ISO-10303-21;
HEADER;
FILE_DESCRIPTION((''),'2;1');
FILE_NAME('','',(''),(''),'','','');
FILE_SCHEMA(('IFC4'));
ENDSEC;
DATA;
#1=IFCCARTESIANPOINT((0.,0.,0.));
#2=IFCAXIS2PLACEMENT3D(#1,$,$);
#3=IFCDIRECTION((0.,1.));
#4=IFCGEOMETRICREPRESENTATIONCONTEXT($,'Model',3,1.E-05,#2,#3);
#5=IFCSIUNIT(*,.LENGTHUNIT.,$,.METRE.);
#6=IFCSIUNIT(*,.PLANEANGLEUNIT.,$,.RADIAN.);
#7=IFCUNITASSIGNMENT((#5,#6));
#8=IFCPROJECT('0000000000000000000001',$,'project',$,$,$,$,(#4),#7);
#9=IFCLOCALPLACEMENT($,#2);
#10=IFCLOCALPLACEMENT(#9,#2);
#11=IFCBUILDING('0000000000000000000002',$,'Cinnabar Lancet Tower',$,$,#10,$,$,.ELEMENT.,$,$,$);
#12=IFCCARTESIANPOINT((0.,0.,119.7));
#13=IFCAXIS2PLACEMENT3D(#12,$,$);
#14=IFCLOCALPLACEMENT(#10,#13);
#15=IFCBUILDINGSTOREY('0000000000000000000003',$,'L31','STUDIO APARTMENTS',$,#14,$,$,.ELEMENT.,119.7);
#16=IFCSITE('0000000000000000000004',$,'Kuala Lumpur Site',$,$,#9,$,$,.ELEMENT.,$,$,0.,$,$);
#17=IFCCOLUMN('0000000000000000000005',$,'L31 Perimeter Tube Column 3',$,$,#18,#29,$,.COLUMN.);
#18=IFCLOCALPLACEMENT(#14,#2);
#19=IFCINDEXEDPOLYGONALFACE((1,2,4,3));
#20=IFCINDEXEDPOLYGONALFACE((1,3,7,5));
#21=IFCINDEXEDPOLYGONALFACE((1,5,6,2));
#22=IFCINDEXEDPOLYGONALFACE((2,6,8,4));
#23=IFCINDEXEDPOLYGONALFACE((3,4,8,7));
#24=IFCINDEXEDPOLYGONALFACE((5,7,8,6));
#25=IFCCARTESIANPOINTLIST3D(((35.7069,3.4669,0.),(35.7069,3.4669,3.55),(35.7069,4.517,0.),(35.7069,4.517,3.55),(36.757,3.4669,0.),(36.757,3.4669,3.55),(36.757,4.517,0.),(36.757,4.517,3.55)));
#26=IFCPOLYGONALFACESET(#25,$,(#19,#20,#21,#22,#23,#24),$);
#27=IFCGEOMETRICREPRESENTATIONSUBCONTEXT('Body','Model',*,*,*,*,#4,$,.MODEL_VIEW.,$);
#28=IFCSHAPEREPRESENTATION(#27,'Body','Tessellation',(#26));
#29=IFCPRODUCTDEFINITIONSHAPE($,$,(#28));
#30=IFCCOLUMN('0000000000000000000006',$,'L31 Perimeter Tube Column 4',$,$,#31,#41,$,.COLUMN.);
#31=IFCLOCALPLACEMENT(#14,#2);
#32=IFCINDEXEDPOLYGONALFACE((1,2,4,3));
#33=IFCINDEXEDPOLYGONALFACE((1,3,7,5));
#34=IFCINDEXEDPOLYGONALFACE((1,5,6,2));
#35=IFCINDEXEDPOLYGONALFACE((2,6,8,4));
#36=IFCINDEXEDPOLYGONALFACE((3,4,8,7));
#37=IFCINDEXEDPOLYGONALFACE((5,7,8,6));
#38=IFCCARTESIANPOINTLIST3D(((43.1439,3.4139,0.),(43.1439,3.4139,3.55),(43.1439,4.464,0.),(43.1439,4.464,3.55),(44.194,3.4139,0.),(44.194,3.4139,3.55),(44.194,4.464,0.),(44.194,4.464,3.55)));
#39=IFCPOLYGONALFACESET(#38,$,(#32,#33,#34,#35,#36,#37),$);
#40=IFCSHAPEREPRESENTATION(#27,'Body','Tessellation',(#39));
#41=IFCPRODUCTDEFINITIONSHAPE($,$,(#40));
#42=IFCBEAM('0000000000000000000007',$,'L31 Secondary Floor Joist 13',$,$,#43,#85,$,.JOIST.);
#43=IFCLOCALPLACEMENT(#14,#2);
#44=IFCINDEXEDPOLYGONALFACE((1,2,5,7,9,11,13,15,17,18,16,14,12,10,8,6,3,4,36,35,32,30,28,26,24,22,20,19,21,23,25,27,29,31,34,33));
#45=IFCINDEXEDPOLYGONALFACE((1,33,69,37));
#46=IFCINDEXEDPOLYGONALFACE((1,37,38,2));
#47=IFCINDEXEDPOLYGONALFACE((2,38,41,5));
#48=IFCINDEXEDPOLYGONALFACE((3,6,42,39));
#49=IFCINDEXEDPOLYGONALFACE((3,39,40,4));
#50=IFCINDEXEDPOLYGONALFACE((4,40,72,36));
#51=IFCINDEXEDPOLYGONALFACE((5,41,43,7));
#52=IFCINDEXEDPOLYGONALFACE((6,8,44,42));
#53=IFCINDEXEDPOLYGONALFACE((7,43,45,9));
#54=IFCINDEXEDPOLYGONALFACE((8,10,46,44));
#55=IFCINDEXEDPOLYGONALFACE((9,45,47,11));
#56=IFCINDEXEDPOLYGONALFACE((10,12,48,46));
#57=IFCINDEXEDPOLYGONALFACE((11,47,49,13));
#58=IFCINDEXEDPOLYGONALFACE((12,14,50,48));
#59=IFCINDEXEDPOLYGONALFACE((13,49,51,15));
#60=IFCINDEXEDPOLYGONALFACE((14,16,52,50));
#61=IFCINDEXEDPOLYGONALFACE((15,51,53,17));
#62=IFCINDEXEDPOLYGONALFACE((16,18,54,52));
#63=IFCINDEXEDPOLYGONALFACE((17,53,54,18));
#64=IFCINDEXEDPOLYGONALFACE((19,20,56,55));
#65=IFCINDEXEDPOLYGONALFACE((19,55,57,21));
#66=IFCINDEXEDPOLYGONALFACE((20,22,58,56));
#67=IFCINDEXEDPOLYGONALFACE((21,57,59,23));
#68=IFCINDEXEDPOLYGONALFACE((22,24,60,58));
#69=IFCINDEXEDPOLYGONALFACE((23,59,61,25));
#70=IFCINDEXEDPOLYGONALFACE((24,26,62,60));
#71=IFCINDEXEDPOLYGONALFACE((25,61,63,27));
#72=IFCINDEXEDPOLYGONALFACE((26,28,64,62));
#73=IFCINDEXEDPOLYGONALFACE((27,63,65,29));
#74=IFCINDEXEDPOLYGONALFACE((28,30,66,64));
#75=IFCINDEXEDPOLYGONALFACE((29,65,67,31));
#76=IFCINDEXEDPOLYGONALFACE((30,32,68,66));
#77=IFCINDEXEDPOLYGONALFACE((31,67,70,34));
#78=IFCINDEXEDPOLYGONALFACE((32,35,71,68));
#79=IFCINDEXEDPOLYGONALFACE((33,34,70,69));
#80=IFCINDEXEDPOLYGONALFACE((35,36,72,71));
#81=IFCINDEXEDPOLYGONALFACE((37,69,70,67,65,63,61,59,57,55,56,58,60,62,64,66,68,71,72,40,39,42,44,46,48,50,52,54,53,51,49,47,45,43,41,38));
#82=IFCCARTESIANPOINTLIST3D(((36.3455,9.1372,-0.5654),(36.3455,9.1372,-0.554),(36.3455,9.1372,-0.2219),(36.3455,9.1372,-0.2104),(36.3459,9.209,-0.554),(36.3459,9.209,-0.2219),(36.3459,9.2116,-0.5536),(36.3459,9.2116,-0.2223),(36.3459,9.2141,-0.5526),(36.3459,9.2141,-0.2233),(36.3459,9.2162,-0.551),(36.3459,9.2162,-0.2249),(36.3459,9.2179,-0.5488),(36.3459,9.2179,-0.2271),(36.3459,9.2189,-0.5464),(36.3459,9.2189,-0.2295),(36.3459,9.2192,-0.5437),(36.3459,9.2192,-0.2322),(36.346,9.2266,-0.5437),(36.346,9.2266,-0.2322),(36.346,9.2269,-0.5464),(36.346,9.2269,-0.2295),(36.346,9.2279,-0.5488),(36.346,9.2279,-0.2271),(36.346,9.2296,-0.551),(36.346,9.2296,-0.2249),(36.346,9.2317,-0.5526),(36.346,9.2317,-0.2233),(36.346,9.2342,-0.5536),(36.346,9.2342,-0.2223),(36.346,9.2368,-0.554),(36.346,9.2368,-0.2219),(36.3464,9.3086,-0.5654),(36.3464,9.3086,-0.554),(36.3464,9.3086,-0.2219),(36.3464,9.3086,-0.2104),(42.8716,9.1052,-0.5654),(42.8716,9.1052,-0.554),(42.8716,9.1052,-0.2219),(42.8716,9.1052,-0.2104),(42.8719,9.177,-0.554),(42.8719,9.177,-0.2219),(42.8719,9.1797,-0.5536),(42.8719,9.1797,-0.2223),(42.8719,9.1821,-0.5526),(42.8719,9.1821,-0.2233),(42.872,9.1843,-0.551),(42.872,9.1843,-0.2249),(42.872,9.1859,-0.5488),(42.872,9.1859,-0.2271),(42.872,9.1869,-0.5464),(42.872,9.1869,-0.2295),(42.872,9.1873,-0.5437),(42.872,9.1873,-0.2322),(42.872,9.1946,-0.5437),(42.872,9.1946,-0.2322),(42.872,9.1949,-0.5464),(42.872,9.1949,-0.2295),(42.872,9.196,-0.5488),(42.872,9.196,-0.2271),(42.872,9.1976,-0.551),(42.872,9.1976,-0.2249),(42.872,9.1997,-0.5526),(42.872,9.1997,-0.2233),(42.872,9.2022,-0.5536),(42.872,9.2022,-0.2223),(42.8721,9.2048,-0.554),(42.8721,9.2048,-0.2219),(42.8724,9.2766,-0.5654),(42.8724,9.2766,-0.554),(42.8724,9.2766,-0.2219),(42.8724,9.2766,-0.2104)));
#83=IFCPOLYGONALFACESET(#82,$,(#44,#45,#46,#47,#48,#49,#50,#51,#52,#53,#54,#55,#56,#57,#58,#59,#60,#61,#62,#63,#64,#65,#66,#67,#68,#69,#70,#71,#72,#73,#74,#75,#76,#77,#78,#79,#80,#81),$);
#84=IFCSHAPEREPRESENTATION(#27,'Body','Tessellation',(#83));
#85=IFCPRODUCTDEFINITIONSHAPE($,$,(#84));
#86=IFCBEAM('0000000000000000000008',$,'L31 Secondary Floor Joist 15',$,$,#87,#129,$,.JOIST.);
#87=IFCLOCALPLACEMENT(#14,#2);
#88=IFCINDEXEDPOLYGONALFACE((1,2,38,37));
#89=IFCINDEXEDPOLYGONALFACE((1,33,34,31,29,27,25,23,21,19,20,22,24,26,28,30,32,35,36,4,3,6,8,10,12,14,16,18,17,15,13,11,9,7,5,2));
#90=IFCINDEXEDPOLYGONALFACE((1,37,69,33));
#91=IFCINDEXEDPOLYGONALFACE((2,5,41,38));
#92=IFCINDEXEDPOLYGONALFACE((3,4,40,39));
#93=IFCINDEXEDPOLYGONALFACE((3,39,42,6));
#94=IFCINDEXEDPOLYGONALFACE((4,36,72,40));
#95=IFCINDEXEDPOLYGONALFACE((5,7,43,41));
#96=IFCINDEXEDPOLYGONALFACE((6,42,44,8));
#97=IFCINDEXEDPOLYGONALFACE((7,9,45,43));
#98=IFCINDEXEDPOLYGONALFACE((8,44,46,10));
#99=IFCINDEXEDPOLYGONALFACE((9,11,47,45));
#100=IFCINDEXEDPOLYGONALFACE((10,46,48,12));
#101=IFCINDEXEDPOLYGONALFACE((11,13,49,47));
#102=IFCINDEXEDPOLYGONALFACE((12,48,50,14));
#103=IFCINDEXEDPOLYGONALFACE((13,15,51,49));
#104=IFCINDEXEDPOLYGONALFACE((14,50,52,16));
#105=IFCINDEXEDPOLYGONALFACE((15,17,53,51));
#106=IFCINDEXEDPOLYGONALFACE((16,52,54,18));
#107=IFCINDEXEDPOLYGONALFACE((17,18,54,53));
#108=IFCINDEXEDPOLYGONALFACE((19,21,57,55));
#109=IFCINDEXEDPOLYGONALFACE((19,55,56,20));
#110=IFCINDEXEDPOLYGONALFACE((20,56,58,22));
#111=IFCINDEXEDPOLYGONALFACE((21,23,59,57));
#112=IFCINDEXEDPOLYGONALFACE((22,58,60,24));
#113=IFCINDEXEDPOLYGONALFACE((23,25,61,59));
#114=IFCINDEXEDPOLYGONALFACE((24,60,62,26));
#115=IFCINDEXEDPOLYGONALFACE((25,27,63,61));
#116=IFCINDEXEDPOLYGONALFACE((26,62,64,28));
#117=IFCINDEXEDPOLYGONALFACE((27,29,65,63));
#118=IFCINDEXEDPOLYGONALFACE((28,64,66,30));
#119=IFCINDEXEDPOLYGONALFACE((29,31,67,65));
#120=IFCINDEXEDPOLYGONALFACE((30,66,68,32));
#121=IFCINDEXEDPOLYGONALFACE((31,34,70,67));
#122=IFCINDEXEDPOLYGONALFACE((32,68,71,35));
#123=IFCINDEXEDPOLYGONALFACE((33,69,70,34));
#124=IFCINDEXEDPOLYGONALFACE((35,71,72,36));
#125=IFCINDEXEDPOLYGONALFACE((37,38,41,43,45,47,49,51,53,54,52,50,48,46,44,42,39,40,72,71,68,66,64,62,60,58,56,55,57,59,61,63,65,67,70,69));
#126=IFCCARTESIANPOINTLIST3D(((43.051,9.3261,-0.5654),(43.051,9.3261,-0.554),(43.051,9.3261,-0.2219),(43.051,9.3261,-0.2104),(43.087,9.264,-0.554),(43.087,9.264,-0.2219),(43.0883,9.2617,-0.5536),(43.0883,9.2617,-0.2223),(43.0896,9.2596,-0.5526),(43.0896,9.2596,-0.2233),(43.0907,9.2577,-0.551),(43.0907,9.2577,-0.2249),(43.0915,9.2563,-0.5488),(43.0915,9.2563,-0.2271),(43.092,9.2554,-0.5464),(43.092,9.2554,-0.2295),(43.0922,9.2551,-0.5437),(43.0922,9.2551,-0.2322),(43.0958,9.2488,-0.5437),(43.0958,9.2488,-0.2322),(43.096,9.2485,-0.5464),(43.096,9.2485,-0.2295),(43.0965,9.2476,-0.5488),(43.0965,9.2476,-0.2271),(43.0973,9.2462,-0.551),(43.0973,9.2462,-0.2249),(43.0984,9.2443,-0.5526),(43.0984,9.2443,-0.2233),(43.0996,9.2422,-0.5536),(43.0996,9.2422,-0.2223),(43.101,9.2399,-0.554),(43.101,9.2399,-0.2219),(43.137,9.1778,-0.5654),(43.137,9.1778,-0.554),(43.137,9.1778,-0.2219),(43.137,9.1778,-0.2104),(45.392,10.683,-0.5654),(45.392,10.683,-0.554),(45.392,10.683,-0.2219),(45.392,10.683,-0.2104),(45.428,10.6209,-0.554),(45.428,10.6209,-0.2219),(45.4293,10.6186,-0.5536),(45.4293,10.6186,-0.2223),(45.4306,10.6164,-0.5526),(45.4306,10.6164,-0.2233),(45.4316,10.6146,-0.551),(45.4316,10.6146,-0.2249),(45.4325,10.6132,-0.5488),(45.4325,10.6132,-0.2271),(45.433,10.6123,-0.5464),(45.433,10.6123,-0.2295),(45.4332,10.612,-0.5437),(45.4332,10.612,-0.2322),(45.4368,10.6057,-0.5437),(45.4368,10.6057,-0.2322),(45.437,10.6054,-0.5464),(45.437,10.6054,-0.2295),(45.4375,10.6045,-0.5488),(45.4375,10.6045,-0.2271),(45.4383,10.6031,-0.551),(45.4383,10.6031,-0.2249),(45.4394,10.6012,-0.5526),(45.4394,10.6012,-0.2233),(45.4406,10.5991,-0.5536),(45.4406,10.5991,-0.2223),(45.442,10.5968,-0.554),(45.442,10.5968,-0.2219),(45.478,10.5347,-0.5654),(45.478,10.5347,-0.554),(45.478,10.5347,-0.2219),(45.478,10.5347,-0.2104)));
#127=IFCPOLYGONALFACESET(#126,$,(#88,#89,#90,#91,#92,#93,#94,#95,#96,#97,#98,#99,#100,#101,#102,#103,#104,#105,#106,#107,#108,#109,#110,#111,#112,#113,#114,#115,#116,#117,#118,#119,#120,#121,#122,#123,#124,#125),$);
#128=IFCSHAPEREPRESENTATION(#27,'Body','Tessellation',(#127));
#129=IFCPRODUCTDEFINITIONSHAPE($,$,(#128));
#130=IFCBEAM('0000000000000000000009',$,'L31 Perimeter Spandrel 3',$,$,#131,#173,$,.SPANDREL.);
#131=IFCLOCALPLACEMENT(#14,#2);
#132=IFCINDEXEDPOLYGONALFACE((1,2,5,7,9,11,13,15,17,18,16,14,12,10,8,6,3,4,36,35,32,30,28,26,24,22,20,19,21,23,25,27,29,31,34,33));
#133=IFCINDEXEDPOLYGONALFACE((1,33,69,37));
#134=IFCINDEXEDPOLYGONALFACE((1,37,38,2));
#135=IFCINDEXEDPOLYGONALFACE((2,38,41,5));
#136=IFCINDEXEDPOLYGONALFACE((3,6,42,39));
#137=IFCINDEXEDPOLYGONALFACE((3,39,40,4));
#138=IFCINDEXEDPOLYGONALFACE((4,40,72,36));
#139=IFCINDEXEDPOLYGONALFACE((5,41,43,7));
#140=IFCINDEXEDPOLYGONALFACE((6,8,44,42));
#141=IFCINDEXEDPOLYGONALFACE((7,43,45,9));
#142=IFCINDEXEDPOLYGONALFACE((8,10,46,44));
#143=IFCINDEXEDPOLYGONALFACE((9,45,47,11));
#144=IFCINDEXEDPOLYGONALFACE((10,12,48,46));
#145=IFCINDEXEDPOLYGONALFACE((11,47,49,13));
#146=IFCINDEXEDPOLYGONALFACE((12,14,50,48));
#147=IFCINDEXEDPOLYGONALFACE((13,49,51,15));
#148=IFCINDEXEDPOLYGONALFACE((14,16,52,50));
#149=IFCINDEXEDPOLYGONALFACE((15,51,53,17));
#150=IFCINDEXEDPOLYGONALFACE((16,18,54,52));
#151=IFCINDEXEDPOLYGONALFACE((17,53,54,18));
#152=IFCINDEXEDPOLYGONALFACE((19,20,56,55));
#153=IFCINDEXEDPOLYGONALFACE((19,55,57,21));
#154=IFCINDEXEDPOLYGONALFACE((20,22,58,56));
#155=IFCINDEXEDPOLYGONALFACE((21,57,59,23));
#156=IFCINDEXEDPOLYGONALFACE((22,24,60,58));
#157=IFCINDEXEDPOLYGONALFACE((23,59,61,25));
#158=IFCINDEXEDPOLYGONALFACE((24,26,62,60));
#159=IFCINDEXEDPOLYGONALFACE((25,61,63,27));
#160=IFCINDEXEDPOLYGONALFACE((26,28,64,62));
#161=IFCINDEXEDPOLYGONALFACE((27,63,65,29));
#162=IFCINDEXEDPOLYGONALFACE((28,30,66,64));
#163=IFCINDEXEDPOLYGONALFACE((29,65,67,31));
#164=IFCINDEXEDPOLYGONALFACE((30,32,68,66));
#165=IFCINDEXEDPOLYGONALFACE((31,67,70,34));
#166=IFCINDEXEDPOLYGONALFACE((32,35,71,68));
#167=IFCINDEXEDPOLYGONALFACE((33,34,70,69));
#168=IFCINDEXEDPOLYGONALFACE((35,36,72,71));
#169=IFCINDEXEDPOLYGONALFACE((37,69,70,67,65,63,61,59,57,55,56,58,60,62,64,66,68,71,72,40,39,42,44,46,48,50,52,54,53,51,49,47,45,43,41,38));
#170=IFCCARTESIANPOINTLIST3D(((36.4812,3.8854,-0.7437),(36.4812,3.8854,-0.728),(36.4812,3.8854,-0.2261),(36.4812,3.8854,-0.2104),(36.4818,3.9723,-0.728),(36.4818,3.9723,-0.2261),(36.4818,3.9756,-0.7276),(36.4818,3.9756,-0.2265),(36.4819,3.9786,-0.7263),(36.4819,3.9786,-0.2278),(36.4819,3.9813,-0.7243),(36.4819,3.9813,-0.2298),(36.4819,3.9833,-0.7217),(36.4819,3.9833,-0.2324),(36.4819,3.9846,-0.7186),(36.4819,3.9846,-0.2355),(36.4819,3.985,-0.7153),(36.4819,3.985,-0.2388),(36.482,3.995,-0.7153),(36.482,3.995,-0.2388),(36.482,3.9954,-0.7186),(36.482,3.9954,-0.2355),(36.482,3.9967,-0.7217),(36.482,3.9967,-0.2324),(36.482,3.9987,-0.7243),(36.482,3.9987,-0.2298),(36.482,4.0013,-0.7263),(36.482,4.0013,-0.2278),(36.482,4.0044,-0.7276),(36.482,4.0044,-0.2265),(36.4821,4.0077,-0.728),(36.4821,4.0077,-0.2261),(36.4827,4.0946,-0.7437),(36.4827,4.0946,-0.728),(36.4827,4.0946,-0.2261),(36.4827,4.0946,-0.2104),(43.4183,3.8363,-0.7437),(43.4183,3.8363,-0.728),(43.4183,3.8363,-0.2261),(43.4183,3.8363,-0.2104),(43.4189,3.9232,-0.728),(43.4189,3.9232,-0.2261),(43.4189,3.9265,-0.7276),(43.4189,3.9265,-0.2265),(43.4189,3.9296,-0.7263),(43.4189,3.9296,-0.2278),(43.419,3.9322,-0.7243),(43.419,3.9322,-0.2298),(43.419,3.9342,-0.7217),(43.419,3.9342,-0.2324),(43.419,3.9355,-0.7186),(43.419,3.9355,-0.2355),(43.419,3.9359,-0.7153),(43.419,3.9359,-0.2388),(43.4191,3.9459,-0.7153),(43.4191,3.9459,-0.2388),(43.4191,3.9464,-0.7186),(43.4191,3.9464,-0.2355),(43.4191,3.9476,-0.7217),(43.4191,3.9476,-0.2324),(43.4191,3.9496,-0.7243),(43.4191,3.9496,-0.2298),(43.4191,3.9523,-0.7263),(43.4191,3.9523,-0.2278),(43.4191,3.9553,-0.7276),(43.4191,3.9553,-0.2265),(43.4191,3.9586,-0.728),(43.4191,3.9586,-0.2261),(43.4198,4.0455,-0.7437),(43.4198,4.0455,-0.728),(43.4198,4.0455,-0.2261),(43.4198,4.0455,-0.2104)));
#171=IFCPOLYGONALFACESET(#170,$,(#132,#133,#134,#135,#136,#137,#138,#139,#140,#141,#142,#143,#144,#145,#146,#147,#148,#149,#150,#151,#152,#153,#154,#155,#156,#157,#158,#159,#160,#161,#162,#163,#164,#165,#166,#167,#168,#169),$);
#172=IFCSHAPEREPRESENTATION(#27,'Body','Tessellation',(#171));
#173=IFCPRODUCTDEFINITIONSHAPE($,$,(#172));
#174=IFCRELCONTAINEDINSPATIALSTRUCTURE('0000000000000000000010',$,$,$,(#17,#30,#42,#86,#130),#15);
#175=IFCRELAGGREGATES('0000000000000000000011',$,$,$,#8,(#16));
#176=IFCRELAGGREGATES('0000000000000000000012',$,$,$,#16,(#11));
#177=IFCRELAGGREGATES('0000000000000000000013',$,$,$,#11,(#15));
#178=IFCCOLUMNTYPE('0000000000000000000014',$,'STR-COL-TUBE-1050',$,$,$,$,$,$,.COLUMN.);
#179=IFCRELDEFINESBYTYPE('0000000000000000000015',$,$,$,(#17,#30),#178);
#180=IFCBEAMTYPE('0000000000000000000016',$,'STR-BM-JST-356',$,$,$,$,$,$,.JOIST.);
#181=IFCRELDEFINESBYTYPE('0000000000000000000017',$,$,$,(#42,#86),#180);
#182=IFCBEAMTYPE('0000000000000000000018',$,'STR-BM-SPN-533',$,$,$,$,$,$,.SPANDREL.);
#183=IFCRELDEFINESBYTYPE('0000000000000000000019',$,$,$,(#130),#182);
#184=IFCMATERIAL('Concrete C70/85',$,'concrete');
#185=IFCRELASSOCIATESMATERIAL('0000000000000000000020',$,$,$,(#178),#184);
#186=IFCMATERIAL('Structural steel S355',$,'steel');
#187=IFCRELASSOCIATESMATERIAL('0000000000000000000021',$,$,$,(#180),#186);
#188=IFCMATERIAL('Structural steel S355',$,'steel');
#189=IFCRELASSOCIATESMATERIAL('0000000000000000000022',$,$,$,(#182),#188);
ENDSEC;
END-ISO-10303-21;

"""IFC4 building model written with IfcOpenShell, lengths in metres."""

from ifc_helpers import new_model, si_unit, direction, frame, origin, origin_2d, place, context, subcontext, project, spatial, rectangle, i_section, extrude, material, material_profile, profile_set, type_object, element, save


model = new_model("IFC4")

# Units and contexts
model_context = context("Model", 3, precision=1e-05, world=origin(), true_north=direction((0.0, 1.0)))
body_context = subcontext(model_context, "Body", "Model", "MODEL_VIEW")
ifc_project = project(units=[si_unit("LENGTHUNIT", "METRE"), si_unit("PLANEANGLEUNIT", "RADIAN")], contexts=[model_context])

# Site, building, storey
site_placement = place(None, origin())
site = spatial("IfcSite", under=ifc_project, at=site_placement, Name="Kuala Lumpur Site", CompositionType="ELEMENT", RefElevation=0.0)
building_placement = place(site_placement, origin())
building = spatial("IfcBuilding", under=site, at=building_placement, Name="Cinnabar Lancet Tower", CompositionType="ELEMENT")
storey_placement = place(building_placement, frame((0.0, 0.0, 119.7)))
storey = spatial("IfcBuildingStorey", under=building, at=storey_placement, Name="L31", Description="STUDIO APARTMENTS", CompositionType="ELEMENT", Elevation=119.7)

# Columns
ifc_material_1 = material(Name="Concrete C70/85", Category="concrete")
ifc_material_profile_1 = material_profile(ifc_material_1, rectangle(XDim=1.05, YDim=1.05, at=origin_2d()), Name="RC-COL 1050x1050")
ifc_profile_set_1 = profile_set([ifc_material_profile_1], Name="Concrete C70/85")
column_type = type_object("IfcColumnType", Name="STR-COL-TUBE-1050", PredefinedType="COLUMN", material=ifc_profile_set_1)
for number, where, z_axis, x_axis, name in (
    (1, (36.2319, 3.9919, 0.0), (0.0, 0.0, 1.0), (1.0, 0.0, 0.0), "L31 Perimeter Tube Column 3"),
    (2, (43.6689, 3.939, 0.0), (0.0, 0.0, 1.0), (1.0, 0.0, 0.0), "L31 Perimeter Tube Column 4"),
):
    element("IfcColumn", number, at=place(storey_placement, frame(where, z_axis=z_axis, x_axis=x_axis)), inside=storey, type_object=column_type, Name=name, PredefinedType="COLUMN", context=body_context, shape_type="SweptSolid", body=[
        extrude(rectangle(XDim=1.05, YDim=1.05, at=origin_2d()), origin(), (0.0, 0.0, 1.0), 3.55),
    ])

# Beams
ifc_material_2 = material(Name="Structural steel S355", Category="steel")
ifc_material_profile_2 = material_profile(ifc_material_2, i_section(OverallWidth=0.1714, OverallDepth=0.355, WebThickness=0.0073, FlangeThickness=0.0115, FilletRadius=0.0103, at=origin_2d()), Name="UKB 356x171x51")
ifc_profile_set_2 = profile_set([ifc_material_profile_2], Name="Structural steel S355")
beam_type_1 = type_object("IfcBeamType", Name="STR-BM-JST-356", PredefinedType="JOIST", material=ifc_profile_set_2)
beam_1_placement = place(storey_placement, frame((36.3459, 9.2229, -0.3879), z_axis=(0.999988, -0.004901, 0.0), x_axis=(0.004901, 0.999988, 0.0)))
element("IfcBeam", 3, at=beam_1_placement, inside=storey, type_object=beam_type_1, Name="L31 Secondary Floor Joist 13", PredefinedType="JOIST", context=body_context, shape_type="SweptSolid", body=[
    extrude(i_section(OverallWidth=0.1714, OverallDepth=0.355, WebThickness=0.0073, FlangeThickness=0.0115, FilletRadius=0.0103, at=origin_2d()), origin(), (0.0, 0.0, 1.0), 6.5261),
])
beam_2_placement = place(storey_placement, frame((43.094, 9.252, -0.3879), z_axis=(0.865173, 0.501474, 0.0), x_axis=(-0.501474, 0.865173, 0.0)))
element("IfcBeam", 4, at=beam_2_placement, inside=storey, type_object=beam_type_1, Name="L31 Secondary Floor Joist 15", PredefinedType="JOIST", context=body_context, shape_type="SweptSolid", body=[
    extrude(i_section(OverallWidth=0.1714, OverallDepth=0.355, WebThickness=0.0073, FlangeThickness=0.0115, FilletRadius=0.0103, at=origin_2d()), origin(), (0.0, 0.0, 1.0), 2.7058),
])
ifc_material_3 = material(Name="Structural steel S355", Category="steel")
ifc_material_profile_3 = material_profile(ifc_material_3, i_section(OverallWidth=0.2092, OverallDepth=0.5332, WebThickness=0.01, FlangeThickness=0.0156, FilletRadius=0.0127, at=origin_2d()), Name="UKB 533x210x92")
ifc_profile_set_3 = profile_set([ifc_material_profile_3], Name="Structural steel S355")
beam_type_2 = type_object("IfcBeamType", Name="STR-BM-SPN-533", PredefinedType="SPANDREL", material=ifc_profile_set_3)
beam_3_placement = place(storey_placement, frame((36.4819, 3.99, -0.4771), z_axis=(0.999975, -0.007074, 0.0), x_axis=(0.007074, 0.999975, 0.0)))
element("IfcBeam", 5, at=beam_3_placement, inside=storey, type_object=beam_type_2, Name="L31 Perimeter Spandrel 3", PredefinedType="SPANDREL", context=body_context, shape_type="SweptSolid", body=[
    extrude(i_section(OverallWidth=0.2092, OverallDepth=0.5332, WebThickness=0.01, FlangeThickness=0.0156, FilletRadius=0.0127, at=origin_2d()), origin(), (0.0, 0.0, 1.0), 6.9373),
])

save(model, "model.ifc")
